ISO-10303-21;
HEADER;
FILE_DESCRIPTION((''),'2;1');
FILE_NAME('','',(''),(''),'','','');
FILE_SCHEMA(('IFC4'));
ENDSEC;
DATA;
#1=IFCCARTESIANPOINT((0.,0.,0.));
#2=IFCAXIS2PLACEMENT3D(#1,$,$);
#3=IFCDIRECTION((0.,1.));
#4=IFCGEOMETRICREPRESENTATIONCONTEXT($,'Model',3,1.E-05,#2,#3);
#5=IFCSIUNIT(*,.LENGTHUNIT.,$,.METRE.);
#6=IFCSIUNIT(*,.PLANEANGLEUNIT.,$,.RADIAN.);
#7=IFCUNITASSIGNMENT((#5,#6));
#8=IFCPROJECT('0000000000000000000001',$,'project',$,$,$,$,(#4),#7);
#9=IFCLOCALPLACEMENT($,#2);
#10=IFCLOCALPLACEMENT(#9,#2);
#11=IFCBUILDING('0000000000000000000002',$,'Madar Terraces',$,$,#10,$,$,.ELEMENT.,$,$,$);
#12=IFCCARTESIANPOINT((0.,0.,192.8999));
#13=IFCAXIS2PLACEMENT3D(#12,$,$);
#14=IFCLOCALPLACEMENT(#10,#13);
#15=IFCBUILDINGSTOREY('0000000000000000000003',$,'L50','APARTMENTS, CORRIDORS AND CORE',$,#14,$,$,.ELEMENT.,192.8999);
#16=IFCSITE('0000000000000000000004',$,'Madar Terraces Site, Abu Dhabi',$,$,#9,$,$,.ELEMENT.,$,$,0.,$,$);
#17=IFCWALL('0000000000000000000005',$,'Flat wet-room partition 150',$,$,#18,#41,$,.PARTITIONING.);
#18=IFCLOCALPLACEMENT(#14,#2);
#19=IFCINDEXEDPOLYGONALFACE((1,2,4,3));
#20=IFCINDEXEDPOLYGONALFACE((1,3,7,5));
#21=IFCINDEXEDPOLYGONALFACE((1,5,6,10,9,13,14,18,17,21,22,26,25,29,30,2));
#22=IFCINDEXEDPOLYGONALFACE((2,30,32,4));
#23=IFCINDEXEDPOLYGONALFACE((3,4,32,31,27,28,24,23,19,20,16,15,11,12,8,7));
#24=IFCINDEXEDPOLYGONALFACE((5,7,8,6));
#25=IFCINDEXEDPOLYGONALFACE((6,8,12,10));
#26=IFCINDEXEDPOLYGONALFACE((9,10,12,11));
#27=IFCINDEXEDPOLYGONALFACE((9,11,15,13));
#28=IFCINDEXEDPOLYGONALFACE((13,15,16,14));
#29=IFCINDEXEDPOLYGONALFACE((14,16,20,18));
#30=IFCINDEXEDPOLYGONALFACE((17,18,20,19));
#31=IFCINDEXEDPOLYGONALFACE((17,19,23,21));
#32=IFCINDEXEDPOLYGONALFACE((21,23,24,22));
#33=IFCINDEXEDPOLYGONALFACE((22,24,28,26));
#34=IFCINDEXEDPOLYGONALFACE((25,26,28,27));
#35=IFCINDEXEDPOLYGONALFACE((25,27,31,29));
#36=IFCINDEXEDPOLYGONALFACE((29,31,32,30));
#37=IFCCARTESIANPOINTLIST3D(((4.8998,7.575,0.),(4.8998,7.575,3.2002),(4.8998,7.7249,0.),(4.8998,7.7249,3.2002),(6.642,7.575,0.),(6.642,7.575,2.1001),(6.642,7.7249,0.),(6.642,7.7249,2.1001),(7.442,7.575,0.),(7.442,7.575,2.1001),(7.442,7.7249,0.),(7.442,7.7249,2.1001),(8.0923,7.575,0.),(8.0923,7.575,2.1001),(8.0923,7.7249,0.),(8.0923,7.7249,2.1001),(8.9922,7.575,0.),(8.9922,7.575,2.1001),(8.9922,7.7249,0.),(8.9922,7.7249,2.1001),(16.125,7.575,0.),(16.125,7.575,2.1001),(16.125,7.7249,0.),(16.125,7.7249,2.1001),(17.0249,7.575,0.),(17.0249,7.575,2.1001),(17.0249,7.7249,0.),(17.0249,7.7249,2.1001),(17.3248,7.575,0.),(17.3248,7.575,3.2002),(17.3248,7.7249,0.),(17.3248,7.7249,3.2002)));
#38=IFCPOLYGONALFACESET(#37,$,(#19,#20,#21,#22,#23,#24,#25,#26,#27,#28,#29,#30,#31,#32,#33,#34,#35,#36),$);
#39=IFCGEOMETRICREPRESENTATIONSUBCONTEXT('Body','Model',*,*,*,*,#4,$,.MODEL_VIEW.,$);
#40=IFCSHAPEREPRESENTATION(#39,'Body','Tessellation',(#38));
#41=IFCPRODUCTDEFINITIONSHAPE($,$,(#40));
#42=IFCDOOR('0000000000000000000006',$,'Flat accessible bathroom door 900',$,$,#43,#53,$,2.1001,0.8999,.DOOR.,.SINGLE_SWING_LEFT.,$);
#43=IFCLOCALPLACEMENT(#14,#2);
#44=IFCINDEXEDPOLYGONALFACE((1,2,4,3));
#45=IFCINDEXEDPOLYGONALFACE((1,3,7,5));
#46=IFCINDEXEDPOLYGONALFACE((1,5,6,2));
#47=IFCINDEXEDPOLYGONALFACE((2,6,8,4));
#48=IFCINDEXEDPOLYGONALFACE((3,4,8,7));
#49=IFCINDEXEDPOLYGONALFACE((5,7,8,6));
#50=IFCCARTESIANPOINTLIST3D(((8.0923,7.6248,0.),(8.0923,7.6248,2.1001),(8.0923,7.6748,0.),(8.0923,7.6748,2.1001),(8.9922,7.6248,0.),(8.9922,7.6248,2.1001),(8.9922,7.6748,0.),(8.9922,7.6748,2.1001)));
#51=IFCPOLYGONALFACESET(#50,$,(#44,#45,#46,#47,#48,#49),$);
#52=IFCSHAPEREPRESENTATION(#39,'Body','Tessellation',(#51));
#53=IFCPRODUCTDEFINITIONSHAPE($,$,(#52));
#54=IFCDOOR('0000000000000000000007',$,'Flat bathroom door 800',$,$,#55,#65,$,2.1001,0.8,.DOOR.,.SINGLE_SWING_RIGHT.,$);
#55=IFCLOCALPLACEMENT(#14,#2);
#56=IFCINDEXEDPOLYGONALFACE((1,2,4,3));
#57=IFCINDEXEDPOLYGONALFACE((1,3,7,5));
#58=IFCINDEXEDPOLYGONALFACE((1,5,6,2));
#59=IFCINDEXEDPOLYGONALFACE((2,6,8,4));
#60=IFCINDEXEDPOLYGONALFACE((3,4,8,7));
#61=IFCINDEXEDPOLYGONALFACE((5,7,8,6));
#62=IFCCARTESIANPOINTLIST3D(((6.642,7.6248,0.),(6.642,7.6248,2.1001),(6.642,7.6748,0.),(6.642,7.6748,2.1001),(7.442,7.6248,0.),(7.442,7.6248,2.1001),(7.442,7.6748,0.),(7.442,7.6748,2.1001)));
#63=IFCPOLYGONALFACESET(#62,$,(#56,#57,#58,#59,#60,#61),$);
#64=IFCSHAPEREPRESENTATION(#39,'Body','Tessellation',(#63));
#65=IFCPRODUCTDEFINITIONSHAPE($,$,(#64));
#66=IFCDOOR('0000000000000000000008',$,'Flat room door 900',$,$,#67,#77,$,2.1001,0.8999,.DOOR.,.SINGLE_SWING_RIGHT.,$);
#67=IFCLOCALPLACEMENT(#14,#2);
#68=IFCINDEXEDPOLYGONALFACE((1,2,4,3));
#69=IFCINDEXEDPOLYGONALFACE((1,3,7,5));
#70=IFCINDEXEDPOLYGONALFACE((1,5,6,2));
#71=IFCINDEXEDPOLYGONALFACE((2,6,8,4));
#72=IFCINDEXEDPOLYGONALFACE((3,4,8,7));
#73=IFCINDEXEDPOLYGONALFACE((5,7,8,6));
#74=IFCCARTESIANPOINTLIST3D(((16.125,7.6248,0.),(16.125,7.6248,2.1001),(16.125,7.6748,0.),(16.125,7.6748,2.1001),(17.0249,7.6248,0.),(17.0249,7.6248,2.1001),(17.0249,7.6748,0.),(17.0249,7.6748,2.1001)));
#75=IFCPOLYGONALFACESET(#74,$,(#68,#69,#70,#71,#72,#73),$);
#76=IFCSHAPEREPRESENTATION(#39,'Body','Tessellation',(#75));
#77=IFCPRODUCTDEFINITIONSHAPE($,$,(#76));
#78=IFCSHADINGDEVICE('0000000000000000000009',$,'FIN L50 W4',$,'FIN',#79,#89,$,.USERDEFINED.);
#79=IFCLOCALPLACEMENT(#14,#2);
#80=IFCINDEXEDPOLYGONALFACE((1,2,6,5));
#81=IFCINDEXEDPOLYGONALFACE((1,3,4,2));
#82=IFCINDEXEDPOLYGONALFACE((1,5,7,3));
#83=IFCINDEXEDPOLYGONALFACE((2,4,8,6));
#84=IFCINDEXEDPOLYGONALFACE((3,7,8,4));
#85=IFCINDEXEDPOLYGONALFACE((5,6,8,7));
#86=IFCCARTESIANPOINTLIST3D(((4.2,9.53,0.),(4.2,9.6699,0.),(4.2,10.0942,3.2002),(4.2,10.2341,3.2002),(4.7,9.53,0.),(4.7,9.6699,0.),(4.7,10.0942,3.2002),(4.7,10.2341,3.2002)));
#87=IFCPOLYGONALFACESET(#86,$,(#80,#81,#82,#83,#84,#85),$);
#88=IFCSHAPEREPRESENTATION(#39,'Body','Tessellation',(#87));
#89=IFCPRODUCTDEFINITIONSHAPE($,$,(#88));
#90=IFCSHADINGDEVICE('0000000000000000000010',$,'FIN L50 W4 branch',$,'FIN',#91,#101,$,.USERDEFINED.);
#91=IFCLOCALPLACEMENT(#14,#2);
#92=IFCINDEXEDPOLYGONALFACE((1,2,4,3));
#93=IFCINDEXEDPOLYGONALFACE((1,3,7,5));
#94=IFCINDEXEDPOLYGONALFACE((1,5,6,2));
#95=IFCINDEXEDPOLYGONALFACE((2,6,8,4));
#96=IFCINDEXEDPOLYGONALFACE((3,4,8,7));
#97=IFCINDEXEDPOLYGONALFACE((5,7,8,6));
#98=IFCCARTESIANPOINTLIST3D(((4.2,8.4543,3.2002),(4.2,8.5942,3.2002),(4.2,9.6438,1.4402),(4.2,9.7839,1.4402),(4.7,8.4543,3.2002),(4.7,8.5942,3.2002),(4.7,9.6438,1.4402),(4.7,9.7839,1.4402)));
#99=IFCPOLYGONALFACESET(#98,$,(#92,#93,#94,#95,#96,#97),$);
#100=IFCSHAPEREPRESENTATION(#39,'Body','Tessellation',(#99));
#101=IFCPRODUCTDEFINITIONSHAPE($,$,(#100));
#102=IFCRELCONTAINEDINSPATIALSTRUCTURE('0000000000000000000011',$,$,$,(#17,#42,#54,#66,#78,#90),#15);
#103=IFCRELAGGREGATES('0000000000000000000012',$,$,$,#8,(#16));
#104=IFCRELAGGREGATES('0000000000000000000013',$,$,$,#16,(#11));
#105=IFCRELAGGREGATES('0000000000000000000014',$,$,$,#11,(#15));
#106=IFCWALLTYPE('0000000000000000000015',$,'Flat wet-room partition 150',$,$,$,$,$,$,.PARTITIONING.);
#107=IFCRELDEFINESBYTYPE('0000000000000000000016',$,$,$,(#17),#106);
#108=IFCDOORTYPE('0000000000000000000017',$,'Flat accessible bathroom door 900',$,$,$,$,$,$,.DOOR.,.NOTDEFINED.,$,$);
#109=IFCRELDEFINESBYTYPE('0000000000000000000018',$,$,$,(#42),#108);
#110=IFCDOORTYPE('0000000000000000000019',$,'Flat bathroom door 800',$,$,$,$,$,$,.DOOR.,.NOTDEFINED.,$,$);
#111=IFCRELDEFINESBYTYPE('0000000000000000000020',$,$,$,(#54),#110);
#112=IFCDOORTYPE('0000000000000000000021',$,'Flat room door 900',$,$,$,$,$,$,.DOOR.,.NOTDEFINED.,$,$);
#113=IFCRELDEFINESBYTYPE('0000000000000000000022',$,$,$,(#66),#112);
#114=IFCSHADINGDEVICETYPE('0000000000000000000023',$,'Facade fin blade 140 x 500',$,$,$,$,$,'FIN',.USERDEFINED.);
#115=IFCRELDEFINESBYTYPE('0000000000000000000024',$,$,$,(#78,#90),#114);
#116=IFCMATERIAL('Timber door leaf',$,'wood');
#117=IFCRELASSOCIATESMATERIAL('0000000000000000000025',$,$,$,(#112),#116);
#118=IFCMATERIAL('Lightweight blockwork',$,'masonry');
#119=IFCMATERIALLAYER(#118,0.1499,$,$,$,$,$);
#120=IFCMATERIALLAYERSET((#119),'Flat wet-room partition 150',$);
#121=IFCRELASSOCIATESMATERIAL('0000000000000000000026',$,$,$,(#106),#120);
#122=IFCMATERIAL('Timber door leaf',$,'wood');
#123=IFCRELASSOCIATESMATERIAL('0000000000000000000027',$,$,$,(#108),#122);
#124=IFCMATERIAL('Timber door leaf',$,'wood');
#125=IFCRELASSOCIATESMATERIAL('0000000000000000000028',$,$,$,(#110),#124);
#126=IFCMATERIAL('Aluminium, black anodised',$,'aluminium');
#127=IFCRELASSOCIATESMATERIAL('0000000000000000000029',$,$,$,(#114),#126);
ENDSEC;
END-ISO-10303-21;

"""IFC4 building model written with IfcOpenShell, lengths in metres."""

from ifc_helpers import new_model, si_unit, direction, frame, frame_2d, origin, place, context, subcontext, project, spatial, polyline, rectangle, outline, extrude, material, layer, layer_set, type_object, element, fill, save


model = new_model("IFC4")

# Units and contexts
model_context = context("Model", 3, precision=1e-05, world=origin(), true_north=direction((0.0, 1.0)))
body_context = subcontext(model_context, "Body", "Model", "MODEL_VIEW")
ifc_project = project(units=[si_unit("LENGTHUNIT", "METRE"), si_unit("PLANEANGLEUNIT", "RADIAN")], contexts=[model_context])

# Site, building, storey
site_placement = place(None, origin())
site = spatial("IfcSite", under=ifc_project, at=site_placement, Name="Madar Terraces Site, Abu Dhabi", CompositionType="ELEMENT", RefElevation=0.0)
building_placement = place(site_placement, origin())
building = spatial("IfcBuilding", under=site, at=building_placement, Name="Madar Terraces", CompositionType="ELEMENT")
storey_placement = place(building_placement, frame((0.0, 0.0, 192.8999)))
storey = spatial("IfcBuildingStorey", under=building, at=storey_placement, Name="L50", Description="APARTMENTS, CORRIDORS AND CORE", CompositionType="ELEMENT", Elevation=192.8999)

# Shared definitions
ifc_material_1 = material(Name="Timber door leaf", Category="wood")
door_type_1 = type_object("IfcDoorType", Name="Flat room door 900", OperationType="NOTDEFINED", PredefinedType="DOOR", material=ifc_material_1)

# Shared definitions
ifc_material_2 = material(Name="Lightweight blockwork", Category="masonry")
ifc_layer_1 = layer(ifc_material_2, 0.1499)
ifc_layer_set_1 = layer_set([ifc_layer_1], Name="Flat wet-room partition 150")
wall_type_1 = type_object("IfcWallType", Name="Flat wet-room partition 150", PredefinedType="PARTITIONING", material=ifc_layer_set_1)

# Wall, openings, doors
wall_1_placement = place(storey_placement, frame((4.8999, 7.6499, 0.0), z_axis=(0.0, 0.0, 1.0), x_axis=(1.0, 0.0, 0.0)))
wall_1 = element("IfcWall", 1, at=wall_1_placement, inside=storey, type_object=wall_type_1, Name="Flat wet-room partition 150", PredefinedType="PARTITIONING", context=body_context, shape_type="SweptSolid", body=[
    extrude(rectangle(XDim=12.425, YDim=0.1499, at=frame_2d((6.2124, 0.0))), origin(), (0.0, 0.0, 1.0), 3.2002),
])
opening_1_placement = place(wall_1_placement, frame((11.2251, 0.0, 0.0)))
opening_1 = element("IfcOpeningElement", 2, at=opening_1_placement, cuts=wall_1, PredefinedType="OPENING", context=body_context, shape_type="SweptSolid", body=[
    extrude(rectangle(XDim=0.8999, YDim=2.1001, at=frame_2d((0.45, 1.05))), frame((0.0, 0.085, 0.0), z_axis=(0.0, -1.0, 0.0), x_axis=(1.0, 0.0, 0.0)), (0.0, 0.0, 1.0), 0.1699),
])
opening_2_placement = place(wall_1_placement, frame((3.1924, 0.0, 0.0)))
opening_2 = element("IfcOpeningElement", 3, at=opening_2_placement, cuts=wall_1, PredefinedType="OPENING", context=body_context, shape_type="SweptSolid", body=[
    extrude(rectangle(XDim=0.8999, YDim=2.1001, at=frame_2d((0.45, 1.05))), frame((0.0, 0.085, 0.0), z_axis=(0.0, -1.0, 0.0), x_axis=(1.0, 0.0, 0.0)), (0.0, 0.0, 1.0), 0.1699),
])
opening_3_placement = place(wall_1_placement, frame((1.7422, 0.0, 0.0)))
opening_3 = element("IfcOpeningElement", 4, at=opening_3_placement, cuts=wall_1, PredefinedType="OPENING", context=body_context, shape_type="SweptSolid", body=[
    extrude(rectangle(XDim=0.8, YDim=2.1001, at=frame_2d((0.3999, 1.05))), frame((0.0, 0.085, 0.0), z_axis=(0.0, -1.0, 0.0), x_axis=(1.0, 0.0, 0.0)), (0.0, 0.0, 1.0), 0.1699),
])
ifc_material_3 = material(Name="Timber door leaf", Category="wood")
door_type_2 = type_object("IfcDoorType", Name="Flat accessible bathroom door 900", OperationType="NOTDEFINED", PredefinedType="DOOR", material=ifc_material_3)
door_1_placement = place(opening_2_placement, origin())
door_1 = element("IfcDoor", 5, at=door_1_placement, inside=storey, type_object=door_type_2, Name="Flat accessible bathroom door 900", OperationType="SINGLE_SWING_LEFT", OverallHeight=2.1001, OverallWidth=0.8999, PredefinedType="DOOR", context=body_context, shape_type="SweptSolid", body=[
    extrude(rectangle(XDim=0.8999, YDim=2.1001, at=frame_2d((0.45, 1.05))), frame((0.0, 0.0249, 0.0), z_axis=(0.0, -1.0, 0.0), x_axis=(1.0, 0.0, 0.0)), (0.0, 0.0, 1.0), 0.05),
])
fill(opening_2, door_1)
ifc_material_4 = material(Name="Timber door leaf", Category="wood")
door_type_3 = type_object("IfcDoorType", Name="Flat bathroom door 800", OperationType="NOTDEFINED", PredefinedType="DOOR", material=ifc_material_4)
door_2_placement = place(opening_3_placement, origin())
door_2 = element("IfcDoor", 6, at=door_2_placement, inside=storey, type_object=door_type_3, Name="Flat bathroom door 800", OperationType="SINGLE_SWING_RIGHT", OverallHeight=2.1001, OverallWidth=0.8, PredefinedType="DOOR", context=body_context, shape_type="SweptSolid", body=[
    extrude(rectangle(XDim=0.8, YDim=2.1001, at=frame_2d((0.3999, 1.05))), frame((0.0, 0.0249, 0.0), z_axis=(0.0, -1.0, 0.0), x_axis=(1.0, 0.0, 0.0)), (0.0, 0.0, 1.0), 0.05),
])
fill(opening_3, door_2)
door_3_placement = place(opening_1_placement, origin())
door_3 = element("IfcDoor", 7, at=door_3_placement, inside=storey, type_object=door_type_1, Name="Flat room door 900", OperationType="SINGLE_SWING_RIGHT", OverallHeight=2.1001, OverallWidth=0.8999, PredefinedType="DOOR", context=body_context, shape_type="SweptSolid", body=[
    extrude(rectangle(XDim=0.8999, YDim=2.1001, at=frame_2d((0.45, 1.05))), frame((0.0, 0.0249, 0.0), z_axis=(0.0, -1.0, 0.0), x_axis=(1.0, 0.0, 0.0)), (0.0, 0.0, 1.0), 0.05),
])
fill(opening_1, door_3)

# Shading devices
ifc_material_5 = material(Name="Aluminium, black anodised", Category="aluminium")
shading_device_type = type_object("IfcShadingDeviceType", Name="Facade fin blade 140 x 500", ElementType="FIN", PredefinedType="USERDEFINED", material=ifc_material_5)
shading_device_1_placement = place(storey_placement, frame((4.45, 9.6699, 0.0), z_axis=(0.0, 0.0, 1.0), x_axis=(0.0, -1.0, 0.0)))
element("IfcShadingDevice", 8, at=shading_device_1_placement, inside=storey, type_object=shading_device_type, Name="FIN L50 W4", ObjectType="FIN", PredefinedType="USERDEFINED", context=body_context, shape_type="SweptSolid", body=[
    extrude(outline(polyline([(0.0, 0.0), (0.1399, 0.0), (-0.4243, 3.2002), (-0.5642, 3.2002), (0.0, 0.0)])), frame((0.0, 0.25, 0.0), z_axis=(0.0, -1.0, 0.0), x_axis=(1.0, 0.0, 0.0)), (0.0, 0.0, 1.0), 0.5),
])
shading_device_2_placement = place(storey_placement, frame((4.45, 9.7839, 1.4402), z_axis=(0.0, 0.0, 1.0), x_axis=(0.0, -1.0, 0.0)))
element("IfcShadingDevice", 9, at=shading_device_2_placement, inside=storey, type_object=shading_device_type, Name="FIN L50 W4 branch", ObjectType="FIN", PredefinedType="USERDEFINED", context=body_context, shape_type="SweptSolid", body=[
    extrude(outline(polyline([(0.0, 0.0), (0.1401, 0.0), (1.3296, 1.76), (1.1897, 1.76), (0.0, 0.0)])), frame((0.0, 0.25, 0.0), z_axis=(0.0, -1.0, 0.0), x_axis=(1.0, 0.0, 0.0)), (0.0, 0.0, 1.0), 0.5),
])

save(model, "model.ifc")
